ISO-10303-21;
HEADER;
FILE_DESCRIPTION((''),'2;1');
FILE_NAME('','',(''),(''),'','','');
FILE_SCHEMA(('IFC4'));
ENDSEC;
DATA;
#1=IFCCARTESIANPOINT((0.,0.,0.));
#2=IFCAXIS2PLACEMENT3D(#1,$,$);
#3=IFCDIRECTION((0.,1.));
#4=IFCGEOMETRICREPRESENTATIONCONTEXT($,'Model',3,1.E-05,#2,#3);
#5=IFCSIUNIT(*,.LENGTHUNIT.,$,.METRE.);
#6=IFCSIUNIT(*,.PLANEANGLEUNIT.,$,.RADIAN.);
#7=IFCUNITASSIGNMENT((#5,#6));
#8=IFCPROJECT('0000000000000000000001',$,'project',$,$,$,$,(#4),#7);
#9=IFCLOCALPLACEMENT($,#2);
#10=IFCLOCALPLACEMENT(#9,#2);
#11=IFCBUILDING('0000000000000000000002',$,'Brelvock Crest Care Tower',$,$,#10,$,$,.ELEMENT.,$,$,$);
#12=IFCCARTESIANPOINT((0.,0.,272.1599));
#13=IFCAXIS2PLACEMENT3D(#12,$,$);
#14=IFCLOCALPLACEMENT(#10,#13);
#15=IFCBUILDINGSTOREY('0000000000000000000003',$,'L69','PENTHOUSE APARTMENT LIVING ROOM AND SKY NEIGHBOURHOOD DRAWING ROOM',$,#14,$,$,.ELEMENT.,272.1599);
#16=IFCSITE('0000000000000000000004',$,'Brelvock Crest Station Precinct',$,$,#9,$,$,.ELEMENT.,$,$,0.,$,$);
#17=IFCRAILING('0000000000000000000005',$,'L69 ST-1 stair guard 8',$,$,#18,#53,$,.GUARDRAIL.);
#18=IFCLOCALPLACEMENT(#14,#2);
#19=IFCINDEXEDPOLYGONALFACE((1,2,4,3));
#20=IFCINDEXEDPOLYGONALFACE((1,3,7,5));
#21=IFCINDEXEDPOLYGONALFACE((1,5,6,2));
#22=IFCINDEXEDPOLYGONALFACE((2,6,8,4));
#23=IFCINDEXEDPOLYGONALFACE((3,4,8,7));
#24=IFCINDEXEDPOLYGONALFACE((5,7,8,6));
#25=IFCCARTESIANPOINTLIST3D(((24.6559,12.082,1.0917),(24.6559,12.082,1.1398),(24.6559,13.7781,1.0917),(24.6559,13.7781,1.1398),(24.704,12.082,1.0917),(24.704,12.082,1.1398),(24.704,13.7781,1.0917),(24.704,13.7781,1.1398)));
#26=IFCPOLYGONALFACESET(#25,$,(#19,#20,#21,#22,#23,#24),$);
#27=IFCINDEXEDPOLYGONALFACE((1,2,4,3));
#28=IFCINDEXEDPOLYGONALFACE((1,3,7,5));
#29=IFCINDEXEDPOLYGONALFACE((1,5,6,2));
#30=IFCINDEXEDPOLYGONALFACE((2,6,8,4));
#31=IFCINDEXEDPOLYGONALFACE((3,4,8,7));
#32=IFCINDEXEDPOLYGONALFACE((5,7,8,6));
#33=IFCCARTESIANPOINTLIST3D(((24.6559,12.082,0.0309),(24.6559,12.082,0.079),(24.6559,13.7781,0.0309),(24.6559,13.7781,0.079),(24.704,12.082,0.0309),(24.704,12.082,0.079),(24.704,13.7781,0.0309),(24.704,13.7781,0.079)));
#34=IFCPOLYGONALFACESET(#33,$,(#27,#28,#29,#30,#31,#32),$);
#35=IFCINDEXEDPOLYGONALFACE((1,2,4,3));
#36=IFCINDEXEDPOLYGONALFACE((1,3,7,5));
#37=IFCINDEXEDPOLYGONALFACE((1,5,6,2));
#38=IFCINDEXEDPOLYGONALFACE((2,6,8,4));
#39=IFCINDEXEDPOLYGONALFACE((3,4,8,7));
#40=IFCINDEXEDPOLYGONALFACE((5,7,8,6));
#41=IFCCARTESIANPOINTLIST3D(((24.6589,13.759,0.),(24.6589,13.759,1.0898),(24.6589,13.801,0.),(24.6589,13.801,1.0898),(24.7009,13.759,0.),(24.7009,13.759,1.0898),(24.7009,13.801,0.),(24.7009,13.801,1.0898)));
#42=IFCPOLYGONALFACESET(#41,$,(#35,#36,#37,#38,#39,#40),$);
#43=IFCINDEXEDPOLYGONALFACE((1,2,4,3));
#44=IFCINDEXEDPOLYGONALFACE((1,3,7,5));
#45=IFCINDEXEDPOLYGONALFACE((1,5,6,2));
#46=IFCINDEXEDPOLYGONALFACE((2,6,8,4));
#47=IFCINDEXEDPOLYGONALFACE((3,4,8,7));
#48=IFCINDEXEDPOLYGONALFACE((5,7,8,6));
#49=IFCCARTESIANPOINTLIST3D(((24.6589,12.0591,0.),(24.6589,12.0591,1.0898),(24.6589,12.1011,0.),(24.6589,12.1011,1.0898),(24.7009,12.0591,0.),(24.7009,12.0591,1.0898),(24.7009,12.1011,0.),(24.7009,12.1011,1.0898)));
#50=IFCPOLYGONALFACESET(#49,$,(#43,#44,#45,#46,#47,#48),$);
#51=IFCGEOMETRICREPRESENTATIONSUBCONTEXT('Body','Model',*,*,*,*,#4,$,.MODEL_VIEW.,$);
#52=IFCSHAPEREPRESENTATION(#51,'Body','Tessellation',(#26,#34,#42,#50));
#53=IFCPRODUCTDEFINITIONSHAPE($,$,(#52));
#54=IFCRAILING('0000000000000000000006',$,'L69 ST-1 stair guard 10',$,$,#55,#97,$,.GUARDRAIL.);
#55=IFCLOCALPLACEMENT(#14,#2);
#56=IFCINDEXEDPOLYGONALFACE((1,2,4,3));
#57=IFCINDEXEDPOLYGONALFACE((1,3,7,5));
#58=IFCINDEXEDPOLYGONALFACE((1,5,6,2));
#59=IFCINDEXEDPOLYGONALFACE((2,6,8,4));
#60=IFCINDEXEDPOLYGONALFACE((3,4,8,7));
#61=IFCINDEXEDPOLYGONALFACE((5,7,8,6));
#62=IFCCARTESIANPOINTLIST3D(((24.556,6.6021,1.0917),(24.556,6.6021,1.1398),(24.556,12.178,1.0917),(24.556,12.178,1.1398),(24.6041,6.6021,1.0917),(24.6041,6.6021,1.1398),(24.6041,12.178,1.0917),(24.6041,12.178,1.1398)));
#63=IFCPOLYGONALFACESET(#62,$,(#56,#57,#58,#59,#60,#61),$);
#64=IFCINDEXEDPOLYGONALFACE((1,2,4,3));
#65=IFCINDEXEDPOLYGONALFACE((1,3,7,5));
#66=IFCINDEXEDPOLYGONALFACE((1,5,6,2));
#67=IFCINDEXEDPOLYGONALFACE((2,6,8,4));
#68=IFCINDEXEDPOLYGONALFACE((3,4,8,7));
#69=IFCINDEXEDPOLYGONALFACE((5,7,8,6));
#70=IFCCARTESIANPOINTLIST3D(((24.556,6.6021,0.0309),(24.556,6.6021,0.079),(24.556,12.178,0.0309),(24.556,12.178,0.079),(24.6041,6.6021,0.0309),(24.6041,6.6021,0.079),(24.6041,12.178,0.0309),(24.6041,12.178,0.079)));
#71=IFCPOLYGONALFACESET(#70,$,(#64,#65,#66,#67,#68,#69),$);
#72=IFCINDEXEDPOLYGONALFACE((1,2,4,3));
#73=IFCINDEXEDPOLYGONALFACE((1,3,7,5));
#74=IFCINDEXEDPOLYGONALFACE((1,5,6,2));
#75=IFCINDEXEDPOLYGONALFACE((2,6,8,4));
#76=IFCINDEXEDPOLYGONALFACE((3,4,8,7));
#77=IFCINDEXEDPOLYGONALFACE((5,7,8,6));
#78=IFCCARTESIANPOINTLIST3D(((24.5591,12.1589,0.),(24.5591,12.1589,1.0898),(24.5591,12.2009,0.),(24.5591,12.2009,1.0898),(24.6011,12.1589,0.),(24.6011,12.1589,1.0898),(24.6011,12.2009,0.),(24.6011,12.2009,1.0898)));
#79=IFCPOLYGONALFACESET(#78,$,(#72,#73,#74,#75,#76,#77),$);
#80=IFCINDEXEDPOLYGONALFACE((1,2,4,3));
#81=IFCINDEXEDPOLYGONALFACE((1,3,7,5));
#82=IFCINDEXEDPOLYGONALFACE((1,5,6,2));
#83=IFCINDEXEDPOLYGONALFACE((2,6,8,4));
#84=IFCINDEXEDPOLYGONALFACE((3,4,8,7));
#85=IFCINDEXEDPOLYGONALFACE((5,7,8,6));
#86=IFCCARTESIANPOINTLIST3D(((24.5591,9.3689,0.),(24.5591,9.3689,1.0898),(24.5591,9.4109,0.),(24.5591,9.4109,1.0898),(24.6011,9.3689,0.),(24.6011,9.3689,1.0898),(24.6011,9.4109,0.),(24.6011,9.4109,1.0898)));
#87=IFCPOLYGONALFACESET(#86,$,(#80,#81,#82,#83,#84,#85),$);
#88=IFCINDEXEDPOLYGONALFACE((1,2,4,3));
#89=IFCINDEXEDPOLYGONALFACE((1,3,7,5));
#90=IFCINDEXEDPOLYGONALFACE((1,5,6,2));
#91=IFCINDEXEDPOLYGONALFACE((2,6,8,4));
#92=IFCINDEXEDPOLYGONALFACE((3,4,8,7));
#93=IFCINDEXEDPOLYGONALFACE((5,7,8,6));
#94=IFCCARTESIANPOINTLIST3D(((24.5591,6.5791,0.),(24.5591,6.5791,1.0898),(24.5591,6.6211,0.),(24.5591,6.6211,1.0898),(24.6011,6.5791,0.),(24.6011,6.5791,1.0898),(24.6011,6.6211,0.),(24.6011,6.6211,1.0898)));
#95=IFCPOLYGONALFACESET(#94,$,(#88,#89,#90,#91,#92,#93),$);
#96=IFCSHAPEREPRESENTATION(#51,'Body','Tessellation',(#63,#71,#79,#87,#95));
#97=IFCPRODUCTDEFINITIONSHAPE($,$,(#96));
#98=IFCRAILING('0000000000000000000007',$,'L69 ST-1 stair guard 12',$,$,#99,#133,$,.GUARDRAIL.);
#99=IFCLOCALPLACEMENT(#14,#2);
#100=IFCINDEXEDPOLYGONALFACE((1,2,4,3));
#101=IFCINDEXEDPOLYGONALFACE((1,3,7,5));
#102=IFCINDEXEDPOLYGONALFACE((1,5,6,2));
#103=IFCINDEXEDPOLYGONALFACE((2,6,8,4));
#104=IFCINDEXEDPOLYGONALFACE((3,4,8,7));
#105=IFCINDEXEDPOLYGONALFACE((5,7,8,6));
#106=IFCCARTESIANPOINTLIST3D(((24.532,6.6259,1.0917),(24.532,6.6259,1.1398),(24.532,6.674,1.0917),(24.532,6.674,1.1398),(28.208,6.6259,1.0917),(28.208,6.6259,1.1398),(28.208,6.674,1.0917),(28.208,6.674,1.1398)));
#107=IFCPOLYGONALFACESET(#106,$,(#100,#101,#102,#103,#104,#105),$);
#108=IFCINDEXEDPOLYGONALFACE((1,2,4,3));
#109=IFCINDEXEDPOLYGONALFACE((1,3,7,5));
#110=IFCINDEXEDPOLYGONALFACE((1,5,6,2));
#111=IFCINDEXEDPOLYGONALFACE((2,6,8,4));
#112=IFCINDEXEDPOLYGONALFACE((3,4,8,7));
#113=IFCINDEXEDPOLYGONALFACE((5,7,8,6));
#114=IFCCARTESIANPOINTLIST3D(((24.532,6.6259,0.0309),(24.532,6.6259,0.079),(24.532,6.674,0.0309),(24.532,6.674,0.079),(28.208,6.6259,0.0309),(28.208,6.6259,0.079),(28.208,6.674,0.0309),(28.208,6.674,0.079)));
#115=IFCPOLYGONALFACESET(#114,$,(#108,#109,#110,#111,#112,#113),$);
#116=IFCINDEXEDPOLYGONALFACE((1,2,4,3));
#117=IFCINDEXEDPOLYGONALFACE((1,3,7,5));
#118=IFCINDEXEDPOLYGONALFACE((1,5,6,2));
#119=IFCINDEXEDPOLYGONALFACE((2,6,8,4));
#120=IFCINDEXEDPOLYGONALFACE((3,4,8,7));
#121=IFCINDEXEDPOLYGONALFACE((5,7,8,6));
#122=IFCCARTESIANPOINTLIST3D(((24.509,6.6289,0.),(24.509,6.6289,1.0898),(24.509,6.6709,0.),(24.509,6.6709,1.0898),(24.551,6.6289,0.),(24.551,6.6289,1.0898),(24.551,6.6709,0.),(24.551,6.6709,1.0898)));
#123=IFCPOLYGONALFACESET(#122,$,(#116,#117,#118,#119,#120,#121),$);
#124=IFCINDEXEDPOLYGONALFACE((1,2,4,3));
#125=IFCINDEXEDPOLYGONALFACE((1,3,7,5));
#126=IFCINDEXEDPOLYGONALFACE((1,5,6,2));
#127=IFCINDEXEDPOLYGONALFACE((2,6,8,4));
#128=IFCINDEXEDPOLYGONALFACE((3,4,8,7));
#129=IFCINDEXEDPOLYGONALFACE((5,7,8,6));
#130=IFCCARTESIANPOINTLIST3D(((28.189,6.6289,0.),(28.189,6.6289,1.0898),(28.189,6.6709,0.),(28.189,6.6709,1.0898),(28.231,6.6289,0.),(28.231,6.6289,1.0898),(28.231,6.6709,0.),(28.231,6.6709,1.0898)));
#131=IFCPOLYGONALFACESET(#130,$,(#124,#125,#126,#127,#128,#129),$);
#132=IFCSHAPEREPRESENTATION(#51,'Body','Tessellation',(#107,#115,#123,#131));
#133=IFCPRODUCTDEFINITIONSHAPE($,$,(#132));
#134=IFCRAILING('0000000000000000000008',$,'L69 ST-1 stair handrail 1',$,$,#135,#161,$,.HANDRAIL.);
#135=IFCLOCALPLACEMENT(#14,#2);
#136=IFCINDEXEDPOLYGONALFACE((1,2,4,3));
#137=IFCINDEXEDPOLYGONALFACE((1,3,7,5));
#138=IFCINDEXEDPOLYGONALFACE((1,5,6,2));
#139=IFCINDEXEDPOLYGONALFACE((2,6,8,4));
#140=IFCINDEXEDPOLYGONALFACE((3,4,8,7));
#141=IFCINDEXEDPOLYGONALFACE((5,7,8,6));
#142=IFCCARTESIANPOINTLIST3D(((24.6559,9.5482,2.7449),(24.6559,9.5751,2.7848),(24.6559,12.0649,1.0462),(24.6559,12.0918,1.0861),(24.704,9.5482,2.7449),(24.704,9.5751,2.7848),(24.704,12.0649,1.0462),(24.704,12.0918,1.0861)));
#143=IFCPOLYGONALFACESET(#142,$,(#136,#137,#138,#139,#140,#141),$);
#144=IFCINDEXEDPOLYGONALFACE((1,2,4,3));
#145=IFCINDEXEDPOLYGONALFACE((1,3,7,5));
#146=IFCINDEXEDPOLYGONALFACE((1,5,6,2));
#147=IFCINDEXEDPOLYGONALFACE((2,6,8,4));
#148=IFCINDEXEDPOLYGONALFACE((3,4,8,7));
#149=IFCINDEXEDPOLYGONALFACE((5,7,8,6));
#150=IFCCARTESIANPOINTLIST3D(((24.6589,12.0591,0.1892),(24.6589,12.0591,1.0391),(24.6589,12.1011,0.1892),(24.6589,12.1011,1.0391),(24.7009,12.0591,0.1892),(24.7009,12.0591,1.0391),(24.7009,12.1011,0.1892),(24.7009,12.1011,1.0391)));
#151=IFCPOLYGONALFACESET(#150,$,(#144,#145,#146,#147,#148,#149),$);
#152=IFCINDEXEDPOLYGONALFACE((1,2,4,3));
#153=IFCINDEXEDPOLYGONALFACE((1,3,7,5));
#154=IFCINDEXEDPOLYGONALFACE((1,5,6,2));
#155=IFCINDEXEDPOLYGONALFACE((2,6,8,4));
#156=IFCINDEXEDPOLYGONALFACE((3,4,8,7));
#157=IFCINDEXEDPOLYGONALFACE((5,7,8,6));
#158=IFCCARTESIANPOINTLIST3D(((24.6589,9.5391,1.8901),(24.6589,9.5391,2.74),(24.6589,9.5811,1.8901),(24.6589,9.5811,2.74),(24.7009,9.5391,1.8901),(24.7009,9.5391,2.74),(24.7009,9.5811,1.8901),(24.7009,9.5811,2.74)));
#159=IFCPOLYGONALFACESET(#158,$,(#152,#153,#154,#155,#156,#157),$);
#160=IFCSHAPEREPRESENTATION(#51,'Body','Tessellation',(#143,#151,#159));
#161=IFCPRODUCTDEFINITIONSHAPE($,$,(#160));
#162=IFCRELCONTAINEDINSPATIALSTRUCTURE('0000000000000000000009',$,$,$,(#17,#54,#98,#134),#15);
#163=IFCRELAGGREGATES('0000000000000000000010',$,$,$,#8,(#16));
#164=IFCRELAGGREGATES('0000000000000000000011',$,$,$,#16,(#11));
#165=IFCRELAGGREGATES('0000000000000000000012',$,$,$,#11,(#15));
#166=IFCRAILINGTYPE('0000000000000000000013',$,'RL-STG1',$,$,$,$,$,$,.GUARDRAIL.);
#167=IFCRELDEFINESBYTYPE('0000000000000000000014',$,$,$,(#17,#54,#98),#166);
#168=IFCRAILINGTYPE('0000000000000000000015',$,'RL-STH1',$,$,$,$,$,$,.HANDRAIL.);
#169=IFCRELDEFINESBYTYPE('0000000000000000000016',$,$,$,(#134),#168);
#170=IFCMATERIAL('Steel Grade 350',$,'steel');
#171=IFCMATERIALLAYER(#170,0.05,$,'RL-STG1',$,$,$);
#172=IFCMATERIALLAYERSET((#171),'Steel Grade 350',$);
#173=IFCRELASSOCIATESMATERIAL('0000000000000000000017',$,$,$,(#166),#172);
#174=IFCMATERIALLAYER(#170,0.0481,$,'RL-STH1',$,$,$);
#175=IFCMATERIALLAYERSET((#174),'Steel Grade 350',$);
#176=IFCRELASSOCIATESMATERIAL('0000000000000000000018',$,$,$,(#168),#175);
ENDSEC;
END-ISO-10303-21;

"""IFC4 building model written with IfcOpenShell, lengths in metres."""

from ifc_helpers import new_model, si_unit, direction, frame, origin, origin_2d, place, context, subcontext, project, spatial, rectangle, extrude, material, layer, layer_set, type_object, element, save


model = new_model("IFC4")

# Units and contexts
model_context = context("Model", 3, precision=1e-05, world=origin(), true_north=direction((0.0, 1.0)))
body_context = subcontext(model_context, "Body", "Model", "MODEL_VIEW")
ifc_project = project(units=[si_unit("LENGTHUNIT", "METRE"), si_unit("PLANEANGLEUNIT", "RADIAN")], contexts=[model_context])

# Site, building, storey
site_placement = place(None, origin())
site = spatial("IfcSite", under=ifc_project, at=site_placement, Name="Brelvock Crest Station Precinct", CompositionType="ELEMENT", RefElevation=0.0)
building_placement = place(site_placement, origin())
building = spatial("IfcBuilding", under=site, at=building_placement, Name="Brelvock Crest Care Tower", CompositionType="ELEMENT")
storey_placement = place(building_placement, frame((0.0, 0.0, 272.1599)))
storey = spatial("IfcBuildingStorey", under=building, at=storey_placement, Name="L69", Description="PENTHOUSE APARTMENT LIVING ROOM AND SKY NEIGHBOURHOOD DRAWING ROOM", CompositionType="ELEMENT", Elevation=272.1599)

# Shared definitions
ifc_material_1 = material(Name="Steel Grade 350", Category="steel")

# Railings
ifc_layer_1 = layer(ifc_material_1, 0.05, Name="RL-STG1")
ifc_layer_set_1 = layer_set([ifc_layer_1], Name="Steel Grade 350")
railing_type_1 = type_object("IfcRailingType", Name="RL-STG1", PredefinedType="GUARDRAIL", material=ifc_layer_set_1)
railing_1_placement = place(storey_placement, frame((24.6799, 13.78, 0.0)))
element("IfcRailing", 1, at=railing_1_placement, inside=storey, type_object=railing_type_1, Name="L69 ST-1 stair guard 8", PredefinedType="GUARDRAIL", context=body_context, shape_type="SweptSolid", body=[
    extrude(rectangle(XDim=0.0481, YDim=0.0481, at=origin_2d()), frame((0.0, -0.002, 1.1157), z_axis=(0.0, -1.0, 0.0), x_axis=(1.0, 0.0, 0.0)), (0.0, 0.0, 1.0), 1.696),
    extrude(rectangle(XDim=0.0481, YDim=0.0481, at=origin_2d()), frame((0.0, -0.002, 0.0549), z_axis=(0.0, -1.0, 0.0), x_axis=(1.0, 0.0, 0.0)), (0.0, 0.0, 1.0), 1.696),
    extrude(rectangle(XDim=0.042, YDim=0.042, at=origin_2d()), origin(), (0.0, 0.0, 1.0), 1.0898),
    extrude(rectangle(XDim=0.042, YDim=0.042, at=origin_2d()), frame((0.0, -1.7, 0.0)), (0.0, 0.0, 1.0), 1.0898),
])
railing_2_placement = place(storey_placement, frame((24.5801, 12.1799, 0.0)))
element("IfcRailing", 2, at=railing_2_placement, inside=storey, type_object=railing_type_1, Name="L69 ST-1 stair guard 10", PredefinedType="GUARDRAIL", context=body_context, shape_type="SweptSolid", body=[
    extrude(rectangle(XDim=0.0481, YDim=0.0481, at=origin_2d()), frame((0.0, -0.002, 1.1157), z_axis=(0.0, -1.0, 0.0), x_axis=(1.0, 0.0, 0.0)), (0.0, 0.0, 1.0), 5.5759),
    extrude(rectangle(XDim=0.0481, YDim=0.0481, at=origin_2d()), frame((0.0, -0.002, 0.0549), z_axis=(0.0, -1.0, 0.0), x_axis=(1.0, 0.0, 0.0)), (0.0, 0.0, 1.0), 5.5759),
    extrude(rectangle(XDim=0.042, YDim=0.042, at=origin_2d()), origin(), (0.0, 0.0, 1.0), 1.0898),
    extrude(rectangle(XDim=0.042, YDim=0.042, at=origin_2d()), frame((0.0, -2.79, 0.0)), (0.0, 0.0, 1.0), 1.0898),
    extrude(rectangle(XDim=0.042, YDim=0.042, at=origin_2d()), frame((0.0, -5.5798, 0.0)), (0.0, 0.0, 1.0), 1.0898),
])
railing_3_placement = place(storey_placement, frame((24.53, 6.6499, 0.0)))
element("IfcRailing", 3, at=railing_3_placement, inside=storey, type_object=railing_type_1, Name="L69 ST-1 stair guard 12", PredefinedType="GUARDRAIL", context=body_context, shape_type="SweptSolid", body=[
    extrude(rectangle(XDim=0.0481, YDim=0.0481, at=origin_2d()), frame((0.002, 0.0, 1.1157), z_axis=(1.0, 0.0, 0.0), x_axis=(0.0, 1.0, 0.0)), (0.0, 0.0, 1.0), 3.676),
    extrude(rectangle(XDim=0.0481, YDim=0.0481, at=origin_2d()), frame((0.002, 0.0, 0.0549), z_axis=(1.0, 0.0, 0.0), x_axis=(0.0, 1.0, 0.0)), (0.0, 0.0, 1.0), 3.676),
    extrude(rectangle(XDim=0.042, YDim=0.042, at=origin_2d()), origin(), (0.0, 0.0, 1.0), 1.0898),
    extrude(rectangle(XDim=0.042, YDim=0.042, at=origin_2d()), frame((3.6799, 0.0, 0.0)), (0.0, 0.0, 1.0), 1.0898),
])
ifc_layer_2 = layer(ifc_material_1, 0.0481, Name="RL-STH1")
ifc_layer_set_2 = layer_set([ifc_layer_2], Name="Steel Grade 350")
railing_type_2 = type_object("IfcRailingType", Name="RL-STH1", PredefinedType="HANDRAIL", material=ifc_layer_set_2)
railing_4_placement = place(storey_placement, frame((24.6799, 12.0801, 0.1892)))
element("IfcRailing", 4, at=railing_4_placement, inside=storey, type_object=railing_type_2, Name="L69 ST-1 stair handrail 1", PredefinedType="HANDRAIL", context=body_context, shape_type="SweptSolid", body=[
    extrude(rectangle(XDim=0.0481, YDim=0.0481, at=origin_2d()), frame((0.0, -0.0017, 0.877), z_axis=(0.0, -0.828862, 0.559454), x_axis=(1.0, 0.0, 0.0)), (0.0, 0.0, 1.0), 3.0364),
    extrude(rectangle(XDim=0.042, YDim=0.042, at=origin_2d()), origin(), (0.0, 0.0, 1.0), 0.8499),
    extrude(rectangle(XDim=0.042, YDim=0.042, at=origin_2d()), frame((0.0, -2.52, 1.7009)), (0.0, 0.0, 1.0), 0.8499),
])

save(model, "model.ifc")
